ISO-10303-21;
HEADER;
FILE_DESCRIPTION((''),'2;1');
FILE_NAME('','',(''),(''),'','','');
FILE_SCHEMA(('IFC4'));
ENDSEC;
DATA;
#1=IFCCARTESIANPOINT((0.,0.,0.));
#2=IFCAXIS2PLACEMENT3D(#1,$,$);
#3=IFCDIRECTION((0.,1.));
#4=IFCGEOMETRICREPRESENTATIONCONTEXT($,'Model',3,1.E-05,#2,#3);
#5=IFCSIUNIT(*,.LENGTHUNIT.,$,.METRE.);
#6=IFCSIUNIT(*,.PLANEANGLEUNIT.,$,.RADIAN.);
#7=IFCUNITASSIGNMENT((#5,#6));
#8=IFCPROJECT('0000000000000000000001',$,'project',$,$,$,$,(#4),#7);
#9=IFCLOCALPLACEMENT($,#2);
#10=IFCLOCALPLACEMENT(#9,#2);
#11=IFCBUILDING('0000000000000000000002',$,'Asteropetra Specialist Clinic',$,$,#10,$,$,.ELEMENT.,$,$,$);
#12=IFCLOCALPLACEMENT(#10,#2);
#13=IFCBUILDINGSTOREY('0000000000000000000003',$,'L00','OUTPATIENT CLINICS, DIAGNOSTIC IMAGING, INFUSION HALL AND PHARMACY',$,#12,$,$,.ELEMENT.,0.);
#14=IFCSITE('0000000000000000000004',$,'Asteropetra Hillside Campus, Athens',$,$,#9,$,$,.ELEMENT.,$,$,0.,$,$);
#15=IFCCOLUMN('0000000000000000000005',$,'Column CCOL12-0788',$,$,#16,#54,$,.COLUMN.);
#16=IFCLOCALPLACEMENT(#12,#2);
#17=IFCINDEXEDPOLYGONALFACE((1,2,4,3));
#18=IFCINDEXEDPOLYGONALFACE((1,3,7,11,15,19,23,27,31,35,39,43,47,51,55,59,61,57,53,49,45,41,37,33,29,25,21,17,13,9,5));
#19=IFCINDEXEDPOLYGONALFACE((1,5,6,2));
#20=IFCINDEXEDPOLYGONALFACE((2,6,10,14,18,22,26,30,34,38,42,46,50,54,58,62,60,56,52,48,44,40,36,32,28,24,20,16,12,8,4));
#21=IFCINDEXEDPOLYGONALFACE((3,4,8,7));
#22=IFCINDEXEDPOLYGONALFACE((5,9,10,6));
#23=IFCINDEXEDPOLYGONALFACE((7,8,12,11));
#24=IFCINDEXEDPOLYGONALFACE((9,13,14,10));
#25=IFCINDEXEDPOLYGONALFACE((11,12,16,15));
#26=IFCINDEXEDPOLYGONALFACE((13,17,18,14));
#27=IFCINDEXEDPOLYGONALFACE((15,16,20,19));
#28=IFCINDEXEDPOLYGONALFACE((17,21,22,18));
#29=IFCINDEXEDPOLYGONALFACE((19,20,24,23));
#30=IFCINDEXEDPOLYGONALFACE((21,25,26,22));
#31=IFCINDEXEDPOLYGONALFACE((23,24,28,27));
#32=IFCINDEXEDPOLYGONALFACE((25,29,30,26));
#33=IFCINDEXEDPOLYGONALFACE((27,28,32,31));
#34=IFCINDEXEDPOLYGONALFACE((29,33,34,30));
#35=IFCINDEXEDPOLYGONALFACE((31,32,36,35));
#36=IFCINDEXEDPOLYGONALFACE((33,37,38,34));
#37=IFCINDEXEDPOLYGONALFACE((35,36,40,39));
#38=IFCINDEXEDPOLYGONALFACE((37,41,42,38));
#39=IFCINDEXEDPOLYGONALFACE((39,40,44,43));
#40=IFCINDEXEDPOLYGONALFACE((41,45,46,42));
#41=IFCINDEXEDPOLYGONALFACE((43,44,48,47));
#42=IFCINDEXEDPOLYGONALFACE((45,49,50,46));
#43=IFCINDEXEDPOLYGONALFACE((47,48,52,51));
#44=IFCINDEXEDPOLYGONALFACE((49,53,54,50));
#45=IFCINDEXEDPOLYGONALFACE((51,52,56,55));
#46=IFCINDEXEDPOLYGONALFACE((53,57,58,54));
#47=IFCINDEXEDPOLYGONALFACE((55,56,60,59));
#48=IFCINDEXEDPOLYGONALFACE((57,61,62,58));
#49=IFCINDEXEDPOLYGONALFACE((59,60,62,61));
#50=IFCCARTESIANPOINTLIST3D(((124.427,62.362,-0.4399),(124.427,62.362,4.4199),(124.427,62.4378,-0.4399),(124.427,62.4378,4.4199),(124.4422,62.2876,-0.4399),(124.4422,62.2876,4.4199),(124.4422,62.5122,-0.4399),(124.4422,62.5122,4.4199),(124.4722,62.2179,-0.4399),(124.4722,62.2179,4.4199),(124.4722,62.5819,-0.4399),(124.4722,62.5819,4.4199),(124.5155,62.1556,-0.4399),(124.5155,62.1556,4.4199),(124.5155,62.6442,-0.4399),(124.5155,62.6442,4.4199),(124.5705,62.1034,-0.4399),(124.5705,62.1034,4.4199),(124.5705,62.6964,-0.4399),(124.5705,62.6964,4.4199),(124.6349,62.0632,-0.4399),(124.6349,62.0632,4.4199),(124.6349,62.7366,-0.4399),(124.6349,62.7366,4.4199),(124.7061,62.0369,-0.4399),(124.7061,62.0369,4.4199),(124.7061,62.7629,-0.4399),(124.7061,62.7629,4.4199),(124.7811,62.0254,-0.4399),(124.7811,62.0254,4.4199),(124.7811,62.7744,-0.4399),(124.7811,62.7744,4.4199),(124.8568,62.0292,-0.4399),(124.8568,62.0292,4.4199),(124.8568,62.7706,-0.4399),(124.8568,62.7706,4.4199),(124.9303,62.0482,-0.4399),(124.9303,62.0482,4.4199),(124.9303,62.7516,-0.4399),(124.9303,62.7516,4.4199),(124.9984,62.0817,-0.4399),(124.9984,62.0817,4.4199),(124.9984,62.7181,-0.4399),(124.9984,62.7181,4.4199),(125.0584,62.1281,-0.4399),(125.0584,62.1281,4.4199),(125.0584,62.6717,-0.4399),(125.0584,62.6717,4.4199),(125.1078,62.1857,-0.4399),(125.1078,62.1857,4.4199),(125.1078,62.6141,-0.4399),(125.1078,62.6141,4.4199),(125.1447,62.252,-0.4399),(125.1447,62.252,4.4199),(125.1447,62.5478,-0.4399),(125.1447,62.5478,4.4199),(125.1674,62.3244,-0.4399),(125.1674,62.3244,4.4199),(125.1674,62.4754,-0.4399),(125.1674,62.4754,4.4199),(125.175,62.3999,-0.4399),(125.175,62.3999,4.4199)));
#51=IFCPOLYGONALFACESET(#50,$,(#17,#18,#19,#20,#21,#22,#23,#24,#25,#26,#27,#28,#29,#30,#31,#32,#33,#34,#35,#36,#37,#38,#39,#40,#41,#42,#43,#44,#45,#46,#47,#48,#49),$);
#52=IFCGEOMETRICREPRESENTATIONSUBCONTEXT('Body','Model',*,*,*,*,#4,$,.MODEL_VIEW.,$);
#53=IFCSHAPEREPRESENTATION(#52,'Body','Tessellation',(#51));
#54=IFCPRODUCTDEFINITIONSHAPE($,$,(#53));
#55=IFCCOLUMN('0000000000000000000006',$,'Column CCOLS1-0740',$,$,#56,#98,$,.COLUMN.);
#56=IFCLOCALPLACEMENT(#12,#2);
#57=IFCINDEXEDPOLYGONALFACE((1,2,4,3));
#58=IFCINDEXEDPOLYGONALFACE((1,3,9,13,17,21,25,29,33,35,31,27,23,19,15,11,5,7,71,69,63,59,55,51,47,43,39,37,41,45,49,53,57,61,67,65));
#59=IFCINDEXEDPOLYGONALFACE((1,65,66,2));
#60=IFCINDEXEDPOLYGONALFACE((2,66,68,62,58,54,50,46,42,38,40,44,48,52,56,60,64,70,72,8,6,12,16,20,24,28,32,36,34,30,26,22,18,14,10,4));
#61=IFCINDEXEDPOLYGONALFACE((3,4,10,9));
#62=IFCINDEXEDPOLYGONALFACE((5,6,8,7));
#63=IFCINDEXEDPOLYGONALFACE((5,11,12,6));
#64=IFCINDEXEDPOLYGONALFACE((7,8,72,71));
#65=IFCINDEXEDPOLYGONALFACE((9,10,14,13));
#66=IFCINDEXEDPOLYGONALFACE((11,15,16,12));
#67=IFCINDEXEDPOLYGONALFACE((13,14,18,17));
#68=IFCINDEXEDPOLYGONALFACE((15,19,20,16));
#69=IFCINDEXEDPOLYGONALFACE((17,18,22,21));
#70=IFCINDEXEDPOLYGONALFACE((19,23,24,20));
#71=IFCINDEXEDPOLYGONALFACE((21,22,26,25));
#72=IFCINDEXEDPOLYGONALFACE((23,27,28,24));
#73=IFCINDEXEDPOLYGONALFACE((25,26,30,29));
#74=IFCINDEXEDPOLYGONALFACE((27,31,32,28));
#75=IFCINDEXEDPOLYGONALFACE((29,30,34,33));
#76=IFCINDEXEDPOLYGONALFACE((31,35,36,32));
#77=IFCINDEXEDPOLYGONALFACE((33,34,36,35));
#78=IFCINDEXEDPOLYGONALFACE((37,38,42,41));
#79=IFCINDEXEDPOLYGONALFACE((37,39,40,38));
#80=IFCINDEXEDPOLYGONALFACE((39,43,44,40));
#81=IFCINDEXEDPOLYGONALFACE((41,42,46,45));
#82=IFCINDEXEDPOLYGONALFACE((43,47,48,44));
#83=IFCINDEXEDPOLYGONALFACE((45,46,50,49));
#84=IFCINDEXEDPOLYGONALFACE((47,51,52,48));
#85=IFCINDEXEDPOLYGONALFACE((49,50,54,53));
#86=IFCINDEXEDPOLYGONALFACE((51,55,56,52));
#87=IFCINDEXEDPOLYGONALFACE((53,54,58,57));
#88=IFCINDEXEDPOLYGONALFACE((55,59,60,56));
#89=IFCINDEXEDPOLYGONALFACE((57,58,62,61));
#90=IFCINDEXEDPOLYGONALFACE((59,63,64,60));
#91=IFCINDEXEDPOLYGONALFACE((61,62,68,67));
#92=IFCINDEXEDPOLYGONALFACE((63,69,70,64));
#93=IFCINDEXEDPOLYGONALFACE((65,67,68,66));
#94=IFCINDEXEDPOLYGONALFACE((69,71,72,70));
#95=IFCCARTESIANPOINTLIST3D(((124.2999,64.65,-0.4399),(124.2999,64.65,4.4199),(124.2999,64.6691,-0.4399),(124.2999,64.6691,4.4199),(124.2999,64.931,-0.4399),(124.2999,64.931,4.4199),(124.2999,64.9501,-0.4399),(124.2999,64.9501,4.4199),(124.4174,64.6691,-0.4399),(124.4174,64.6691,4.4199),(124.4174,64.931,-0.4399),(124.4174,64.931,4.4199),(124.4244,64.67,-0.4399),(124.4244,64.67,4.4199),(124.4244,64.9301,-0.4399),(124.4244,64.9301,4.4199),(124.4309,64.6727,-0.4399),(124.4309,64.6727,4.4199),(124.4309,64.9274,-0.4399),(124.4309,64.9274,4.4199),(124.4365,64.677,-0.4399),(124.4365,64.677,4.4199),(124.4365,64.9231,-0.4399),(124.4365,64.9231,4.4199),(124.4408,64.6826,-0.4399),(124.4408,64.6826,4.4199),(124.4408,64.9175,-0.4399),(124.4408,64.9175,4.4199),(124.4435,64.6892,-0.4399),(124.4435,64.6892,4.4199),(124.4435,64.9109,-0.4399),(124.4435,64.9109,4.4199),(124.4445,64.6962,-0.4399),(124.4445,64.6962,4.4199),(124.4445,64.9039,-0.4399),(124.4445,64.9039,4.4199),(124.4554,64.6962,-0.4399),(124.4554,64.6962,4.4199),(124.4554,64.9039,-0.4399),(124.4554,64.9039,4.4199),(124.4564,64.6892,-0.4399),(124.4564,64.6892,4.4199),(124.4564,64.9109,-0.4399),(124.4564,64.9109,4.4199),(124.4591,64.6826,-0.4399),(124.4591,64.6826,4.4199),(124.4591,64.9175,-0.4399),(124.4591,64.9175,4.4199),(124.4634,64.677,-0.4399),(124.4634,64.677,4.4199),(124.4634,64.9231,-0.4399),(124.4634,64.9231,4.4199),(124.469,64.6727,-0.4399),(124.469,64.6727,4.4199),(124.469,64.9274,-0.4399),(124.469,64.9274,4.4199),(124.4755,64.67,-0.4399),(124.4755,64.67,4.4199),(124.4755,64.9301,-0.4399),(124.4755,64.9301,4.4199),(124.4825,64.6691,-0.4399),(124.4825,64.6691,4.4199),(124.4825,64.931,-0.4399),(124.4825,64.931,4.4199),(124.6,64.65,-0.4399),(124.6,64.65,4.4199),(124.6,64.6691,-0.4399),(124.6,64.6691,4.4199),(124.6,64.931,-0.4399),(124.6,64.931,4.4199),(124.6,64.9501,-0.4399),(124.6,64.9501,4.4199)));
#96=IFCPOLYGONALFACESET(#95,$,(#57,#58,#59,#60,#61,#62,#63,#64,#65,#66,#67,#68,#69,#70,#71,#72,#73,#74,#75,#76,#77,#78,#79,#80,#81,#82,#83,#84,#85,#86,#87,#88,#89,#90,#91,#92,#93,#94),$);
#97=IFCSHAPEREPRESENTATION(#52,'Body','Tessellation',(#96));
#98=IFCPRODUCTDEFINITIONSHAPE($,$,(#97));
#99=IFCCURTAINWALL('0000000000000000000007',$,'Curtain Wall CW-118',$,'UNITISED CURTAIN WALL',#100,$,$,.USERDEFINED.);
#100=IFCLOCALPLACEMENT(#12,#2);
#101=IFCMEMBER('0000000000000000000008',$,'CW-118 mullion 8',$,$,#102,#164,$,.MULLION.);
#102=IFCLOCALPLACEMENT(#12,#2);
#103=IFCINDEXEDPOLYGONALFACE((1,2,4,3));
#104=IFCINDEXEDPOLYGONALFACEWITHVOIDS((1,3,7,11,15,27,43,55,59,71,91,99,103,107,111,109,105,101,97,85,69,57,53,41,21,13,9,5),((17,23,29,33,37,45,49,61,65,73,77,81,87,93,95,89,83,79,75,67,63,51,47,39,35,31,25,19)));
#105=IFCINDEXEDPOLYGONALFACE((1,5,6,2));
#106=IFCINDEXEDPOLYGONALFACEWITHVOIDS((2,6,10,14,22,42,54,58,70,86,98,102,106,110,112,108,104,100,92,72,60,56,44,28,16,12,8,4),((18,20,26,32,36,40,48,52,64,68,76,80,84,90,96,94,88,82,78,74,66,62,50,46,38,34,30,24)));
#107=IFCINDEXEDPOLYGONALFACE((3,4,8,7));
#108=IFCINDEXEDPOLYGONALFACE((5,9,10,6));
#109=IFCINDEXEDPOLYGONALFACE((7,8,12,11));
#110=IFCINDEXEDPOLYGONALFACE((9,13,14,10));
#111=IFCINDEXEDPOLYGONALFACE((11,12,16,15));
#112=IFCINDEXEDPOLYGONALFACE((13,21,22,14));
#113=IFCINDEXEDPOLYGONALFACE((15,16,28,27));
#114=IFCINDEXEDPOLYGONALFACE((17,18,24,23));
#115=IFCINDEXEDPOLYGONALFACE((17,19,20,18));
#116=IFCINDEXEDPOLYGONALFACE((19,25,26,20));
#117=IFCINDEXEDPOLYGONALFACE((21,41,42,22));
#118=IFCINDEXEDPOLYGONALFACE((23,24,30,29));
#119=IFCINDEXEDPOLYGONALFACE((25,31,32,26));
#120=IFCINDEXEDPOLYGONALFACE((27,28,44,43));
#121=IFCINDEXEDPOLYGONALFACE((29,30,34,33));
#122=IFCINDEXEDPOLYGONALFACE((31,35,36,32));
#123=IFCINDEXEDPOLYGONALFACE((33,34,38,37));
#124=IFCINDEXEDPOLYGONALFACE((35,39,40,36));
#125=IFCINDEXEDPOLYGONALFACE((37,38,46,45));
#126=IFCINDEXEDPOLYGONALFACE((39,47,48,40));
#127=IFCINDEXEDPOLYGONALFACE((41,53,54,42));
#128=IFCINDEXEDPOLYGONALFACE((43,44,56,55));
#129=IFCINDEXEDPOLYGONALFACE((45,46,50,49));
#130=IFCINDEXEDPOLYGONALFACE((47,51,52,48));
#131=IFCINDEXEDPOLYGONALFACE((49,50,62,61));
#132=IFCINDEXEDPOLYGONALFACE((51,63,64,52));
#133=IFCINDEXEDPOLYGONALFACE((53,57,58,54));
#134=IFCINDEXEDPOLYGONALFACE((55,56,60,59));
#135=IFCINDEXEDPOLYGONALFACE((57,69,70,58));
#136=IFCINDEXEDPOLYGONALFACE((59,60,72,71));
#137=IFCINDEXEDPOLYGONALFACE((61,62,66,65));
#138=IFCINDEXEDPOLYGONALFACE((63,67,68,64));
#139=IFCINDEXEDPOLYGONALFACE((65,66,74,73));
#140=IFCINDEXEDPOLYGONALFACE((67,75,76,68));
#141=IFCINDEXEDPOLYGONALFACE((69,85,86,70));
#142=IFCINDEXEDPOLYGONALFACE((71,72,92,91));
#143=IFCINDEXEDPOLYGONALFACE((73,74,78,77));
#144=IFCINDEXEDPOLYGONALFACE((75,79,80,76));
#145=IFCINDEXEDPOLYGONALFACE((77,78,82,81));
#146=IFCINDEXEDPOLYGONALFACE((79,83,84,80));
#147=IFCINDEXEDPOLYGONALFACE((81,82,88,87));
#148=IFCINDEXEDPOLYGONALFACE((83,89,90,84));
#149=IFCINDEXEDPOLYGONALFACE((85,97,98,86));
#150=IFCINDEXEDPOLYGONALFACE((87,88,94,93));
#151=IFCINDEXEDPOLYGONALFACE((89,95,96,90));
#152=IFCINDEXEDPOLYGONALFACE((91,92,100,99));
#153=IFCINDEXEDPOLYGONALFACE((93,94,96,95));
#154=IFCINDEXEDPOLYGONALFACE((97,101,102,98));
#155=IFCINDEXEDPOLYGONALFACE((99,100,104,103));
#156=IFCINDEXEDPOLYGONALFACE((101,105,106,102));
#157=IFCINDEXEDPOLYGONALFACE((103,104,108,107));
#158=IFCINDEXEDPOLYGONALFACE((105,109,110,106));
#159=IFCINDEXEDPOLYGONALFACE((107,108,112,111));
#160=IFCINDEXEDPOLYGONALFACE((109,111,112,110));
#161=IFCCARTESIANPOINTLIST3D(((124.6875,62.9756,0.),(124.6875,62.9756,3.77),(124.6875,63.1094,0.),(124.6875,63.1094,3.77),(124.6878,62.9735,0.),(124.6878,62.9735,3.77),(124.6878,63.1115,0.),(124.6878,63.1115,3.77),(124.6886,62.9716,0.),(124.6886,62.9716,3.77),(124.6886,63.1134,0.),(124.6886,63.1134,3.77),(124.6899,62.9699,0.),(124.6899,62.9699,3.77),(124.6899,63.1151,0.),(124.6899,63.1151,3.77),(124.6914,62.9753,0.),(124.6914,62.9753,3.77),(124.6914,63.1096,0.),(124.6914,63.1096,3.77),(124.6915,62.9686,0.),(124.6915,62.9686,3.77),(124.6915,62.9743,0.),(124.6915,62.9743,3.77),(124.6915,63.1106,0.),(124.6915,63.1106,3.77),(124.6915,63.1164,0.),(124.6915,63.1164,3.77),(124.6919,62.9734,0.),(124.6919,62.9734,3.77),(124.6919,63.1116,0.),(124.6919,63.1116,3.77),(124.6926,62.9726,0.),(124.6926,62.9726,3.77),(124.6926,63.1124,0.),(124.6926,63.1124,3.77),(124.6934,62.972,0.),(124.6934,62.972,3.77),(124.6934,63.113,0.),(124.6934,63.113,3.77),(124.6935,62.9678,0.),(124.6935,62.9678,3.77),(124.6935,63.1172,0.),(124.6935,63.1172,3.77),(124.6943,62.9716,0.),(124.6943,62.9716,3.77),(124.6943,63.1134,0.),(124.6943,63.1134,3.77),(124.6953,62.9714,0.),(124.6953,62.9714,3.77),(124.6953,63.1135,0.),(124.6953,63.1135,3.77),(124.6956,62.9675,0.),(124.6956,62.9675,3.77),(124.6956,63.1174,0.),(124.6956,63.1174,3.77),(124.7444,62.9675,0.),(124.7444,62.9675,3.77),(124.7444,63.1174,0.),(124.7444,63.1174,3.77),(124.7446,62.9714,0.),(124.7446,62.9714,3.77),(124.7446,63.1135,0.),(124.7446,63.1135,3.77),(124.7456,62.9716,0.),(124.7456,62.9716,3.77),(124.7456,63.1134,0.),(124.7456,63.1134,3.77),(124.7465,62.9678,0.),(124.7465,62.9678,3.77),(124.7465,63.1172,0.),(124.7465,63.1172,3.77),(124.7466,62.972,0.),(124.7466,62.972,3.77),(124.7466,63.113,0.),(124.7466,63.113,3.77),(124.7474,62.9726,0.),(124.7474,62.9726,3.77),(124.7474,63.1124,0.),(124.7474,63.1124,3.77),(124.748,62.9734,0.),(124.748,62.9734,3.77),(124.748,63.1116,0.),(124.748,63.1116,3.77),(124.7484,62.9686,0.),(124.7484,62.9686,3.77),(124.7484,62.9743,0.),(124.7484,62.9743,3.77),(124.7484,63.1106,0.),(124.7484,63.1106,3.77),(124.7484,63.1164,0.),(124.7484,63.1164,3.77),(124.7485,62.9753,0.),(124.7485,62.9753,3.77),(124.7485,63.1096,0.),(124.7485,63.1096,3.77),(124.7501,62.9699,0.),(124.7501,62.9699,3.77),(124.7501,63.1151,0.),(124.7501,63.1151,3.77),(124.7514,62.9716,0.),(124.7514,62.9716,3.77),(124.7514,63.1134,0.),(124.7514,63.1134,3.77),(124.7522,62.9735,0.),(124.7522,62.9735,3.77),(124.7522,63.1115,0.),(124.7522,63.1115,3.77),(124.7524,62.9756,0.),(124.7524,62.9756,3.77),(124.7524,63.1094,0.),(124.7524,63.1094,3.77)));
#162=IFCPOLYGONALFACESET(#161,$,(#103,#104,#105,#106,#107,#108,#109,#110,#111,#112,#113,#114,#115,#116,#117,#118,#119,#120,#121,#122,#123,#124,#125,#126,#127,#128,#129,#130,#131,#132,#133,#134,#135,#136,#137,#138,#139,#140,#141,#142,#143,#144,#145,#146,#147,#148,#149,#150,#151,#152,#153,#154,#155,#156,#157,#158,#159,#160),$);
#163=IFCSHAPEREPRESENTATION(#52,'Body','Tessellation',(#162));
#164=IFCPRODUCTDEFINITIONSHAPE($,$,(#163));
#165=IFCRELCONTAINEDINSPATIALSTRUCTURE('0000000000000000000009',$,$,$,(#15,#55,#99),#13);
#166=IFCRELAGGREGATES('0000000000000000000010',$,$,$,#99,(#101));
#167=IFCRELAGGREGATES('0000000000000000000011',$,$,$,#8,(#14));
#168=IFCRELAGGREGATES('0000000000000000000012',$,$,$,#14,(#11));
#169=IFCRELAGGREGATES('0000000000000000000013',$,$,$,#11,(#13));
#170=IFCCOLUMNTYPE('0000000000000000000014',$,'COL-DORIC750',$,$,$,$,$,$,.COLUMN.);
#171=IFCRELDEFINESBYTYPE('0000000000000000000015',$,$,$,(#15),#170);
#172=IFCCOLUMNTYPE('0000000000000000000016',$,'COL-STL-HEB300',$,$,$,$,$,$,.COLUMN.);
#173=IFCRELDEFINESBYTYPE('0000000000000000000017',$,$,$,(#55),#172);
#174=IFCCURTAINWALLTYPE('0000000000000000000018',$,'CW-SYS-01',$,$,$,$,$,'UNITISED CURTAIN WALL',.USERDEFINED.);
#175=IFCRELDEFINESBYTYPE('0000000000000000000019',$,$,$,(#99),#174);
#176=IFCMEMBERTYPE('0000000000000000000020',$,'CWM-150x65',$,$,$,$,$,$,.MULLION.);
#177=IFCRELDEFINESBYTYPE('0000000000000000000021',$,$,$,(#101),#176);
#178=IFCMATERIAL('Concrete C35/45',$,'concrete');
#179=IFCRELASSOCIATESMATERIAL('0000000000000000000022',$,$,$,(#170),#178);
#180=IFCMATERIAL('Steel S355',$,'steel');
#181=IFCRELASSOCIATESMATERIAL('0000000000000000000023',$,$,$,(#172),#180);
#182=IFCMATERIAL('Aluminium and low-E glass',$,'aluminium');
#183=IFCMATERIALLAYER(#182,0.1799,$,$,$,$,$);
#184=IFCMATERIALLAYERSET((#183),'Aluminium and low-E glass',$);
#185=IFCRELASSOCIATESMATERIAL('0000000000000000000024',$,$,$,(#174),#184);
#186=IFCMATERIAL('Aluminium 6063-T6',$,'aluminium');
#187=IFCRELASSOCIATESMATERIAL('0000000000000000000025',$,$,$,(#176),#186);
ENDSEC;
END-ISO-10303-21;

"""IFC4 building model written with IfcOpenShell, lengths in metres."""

from ifc_helpers import new_model, si_unit, direction, frame, origin, origin_2d, place, context, subcontext, project, spatial, hollow_rectangle, circle, i_section, extrude, material, layer, layer_set, material_profile, profile_set, type_object, element, aggregate, save


model = new_model("IFC4")

# Units and contexts
model_context = context("Model", 3, precision=1e-05, world=origin(), true_north=direction((0.0, 1.0)))
body_context = subcontext(model_context, "Body", "Model", "MODEL_VIEW")
ifc_project = project(units=[si_unit("LENGTHUNIT", "METRE"), si_unit("PLANEANGLEUNIT", "RADIAN")], contexts=[model_context])

# Site, building, storey
site_placement = place(None, origin())
site = spatial("IfcSite", under=ifc_project, at=site_placement, Name="Asteropetra Hillside Campus, Athens", CompositionType="ELEMENT", RefElevation=0.0)
building_placement = place(site_placement, origin())
building = spatial("IfcBuilding", under=site, at=building_placement, Name="Asteropetra Specialist Clinic", CompositionType="ELEMENT")
storey_placement = place(building_placement, origin())
storey = spatial("IfcBuildingStorey", under=building, at=storey_placement, Name="L00", Description="OUTPATIENT CLINICS, DIAGNOSTIC IMAGING, INFUSION HALL AND PHARMACY", CompositionType="ELEMENT", Elevation=0.0)

# Columns
ifc_material_1 = material(Name="Concrete C35/45", Category="concrete")
ifc_material_profile_1 = material_profile(ifc_material_1, circle(Radius=0.375, at=origin_2d()), Name="RCC D750")
ifc_profile_set_1 = profile_set([ifc_material_profile_1], Name="Concrete C35/45")
column_type_1 = type_object("IfcColumnType", Name="COL-DORIC750", PredefinedType="COLUMN", material=ifc_profile_set_1)
for number, where, z_axis, x_axis, name in (
    (1, (124.8, 62.3999, -0.4399), (0.0, 0.0, 1.0), (1.0, 0.0, 0.0), "Column CCOL12-0788"),
):
    element("IfcColumn", number, at=place(storey_placement, frame(where, z_axis=z_axis, x_axis=x_axis)), inside=storey, type_object=column_type_1, Name=name, PredefinedType="COLUMN", context=body_context, shape_type="SweptSolid", body=[
        extrude(circle(Radius=0.375, at=origin_2d()), origin(), (0.0, 0.0, 1.0), 4.8599),
    ])
ifc_material_2 = material(Name="Steel S355", Category="steel")
ifc_material_profile_2 = material_profile(ifc_material_2, i_section(OverallWidth=0.3, OverallDepth=0.3, WebThickness=0.011, FlangeThickness=0.019, FilletRadius=0.0271, at=origin_2d()), Name="HEB 300")
ifc_profile_set_2 = profile_set([ifc_material_profile_2], Name="Steel S355")
column_type_2 = type_object("IfcColumnType", Name="COL-STL-HEB300", PredefinedType="COLUMN", material=ifc_profile_set_2)
column_placement = place(storey_placement, frame((124.45, 64.8, -0.4399), z_axis=(0.0, 0.0, 1.0), x_axis=(1.0, 0.0, 0.0)))
element("IfcColumn", 2, at=column_placement, inside=storey, type_object=column_type_2, Name="Column CCOLS1-0740", PredefinedType="COLUMN", context=body_context, shape_type="SweptSolid", body=[
    extrude(i_section(OverallWidth=0.3, OverallDepth=0.3, WebThickness=0.011, FlangeThickness=0.019, FilletRadius=0.0271, at=origin_2d()), origin(), (0.0, 0.0, 1.0), 4.8599),
])

# Curtain wall, member
ifc_material_3 = material(Name="Aluminium and low-E glass", Category="aluminium")
ifc_layer_1 = layer(ifc_material_3, 0.1799)
ifc_layer_set_1 = layer_set([ifc_layer_1], Name="Aluminium and low-E glass")
curtain_wall_type = type_object("IfcCurtainWallType", Name="CW-SYS-01", ElementType="UNITISED CURTAIN WALL", PredefinedType="USERDEFINED", material=ifc_layer_set_1)
curtain_wall_placement = place(storey_placement, origin())
curtain_wall = element("IfcCurtainWall", 3, at=curtain_wall_placement, inside=storey, type_object=curtain_wall_type, Name="Curtain Wall CW-118", ObjectType="UNITISED CURTAIN WALL", PredefinedType="USERDEFINED")
ifc_material_4 = material(Name="Aluminium 6063-T6", Category="aluminium")
ifc_material_profile_3 = material_profile(ifc_material_4, hollow_rectangle(XDim=0.0649, YDim=0.1499, WallThickness=0.0039, InnerFilletRadius=0.0039, OuterFilletRadius=0.0081, at=origin_2d()), Name="MUL 150x65x4.0")
ifc_profile_set_3 = profile_set([ifc_material_profile_3], Name="Aluminium 6063-T6")
member_type_1 = type_object("IfcMemberType", Name="CWM-150x65", PredefinedType="MULLION", material=ifc_profile_set_3)
member_1_placement = place(storey_placement, frame((124.72, 63.0425, 0.0), z_axis=(0.0, 0.0, 1.0), x_axis=(1.0, 0.0, 0.0)))
member_1 = element("IfcMember", 4, at=member_1_placement, type_object=member_type_1, Name="CW-118 mullion 8", PredefinedType="MULLION", context=body_context, shape_type="SweptSolid", body=[
    extrude(hollow_rectangle(XDim=0.0649, YDim=0.1499, WallThickness=0.0039, InnerFilletRadius=0.0039, OuterFilletRadius=0.0081, at=origin_2d()), origin(), (0.0, 0.0, 1.0), 3.77),
])
aggregate(curtain_wall, [member_1])

save(model, "model.ifc")
